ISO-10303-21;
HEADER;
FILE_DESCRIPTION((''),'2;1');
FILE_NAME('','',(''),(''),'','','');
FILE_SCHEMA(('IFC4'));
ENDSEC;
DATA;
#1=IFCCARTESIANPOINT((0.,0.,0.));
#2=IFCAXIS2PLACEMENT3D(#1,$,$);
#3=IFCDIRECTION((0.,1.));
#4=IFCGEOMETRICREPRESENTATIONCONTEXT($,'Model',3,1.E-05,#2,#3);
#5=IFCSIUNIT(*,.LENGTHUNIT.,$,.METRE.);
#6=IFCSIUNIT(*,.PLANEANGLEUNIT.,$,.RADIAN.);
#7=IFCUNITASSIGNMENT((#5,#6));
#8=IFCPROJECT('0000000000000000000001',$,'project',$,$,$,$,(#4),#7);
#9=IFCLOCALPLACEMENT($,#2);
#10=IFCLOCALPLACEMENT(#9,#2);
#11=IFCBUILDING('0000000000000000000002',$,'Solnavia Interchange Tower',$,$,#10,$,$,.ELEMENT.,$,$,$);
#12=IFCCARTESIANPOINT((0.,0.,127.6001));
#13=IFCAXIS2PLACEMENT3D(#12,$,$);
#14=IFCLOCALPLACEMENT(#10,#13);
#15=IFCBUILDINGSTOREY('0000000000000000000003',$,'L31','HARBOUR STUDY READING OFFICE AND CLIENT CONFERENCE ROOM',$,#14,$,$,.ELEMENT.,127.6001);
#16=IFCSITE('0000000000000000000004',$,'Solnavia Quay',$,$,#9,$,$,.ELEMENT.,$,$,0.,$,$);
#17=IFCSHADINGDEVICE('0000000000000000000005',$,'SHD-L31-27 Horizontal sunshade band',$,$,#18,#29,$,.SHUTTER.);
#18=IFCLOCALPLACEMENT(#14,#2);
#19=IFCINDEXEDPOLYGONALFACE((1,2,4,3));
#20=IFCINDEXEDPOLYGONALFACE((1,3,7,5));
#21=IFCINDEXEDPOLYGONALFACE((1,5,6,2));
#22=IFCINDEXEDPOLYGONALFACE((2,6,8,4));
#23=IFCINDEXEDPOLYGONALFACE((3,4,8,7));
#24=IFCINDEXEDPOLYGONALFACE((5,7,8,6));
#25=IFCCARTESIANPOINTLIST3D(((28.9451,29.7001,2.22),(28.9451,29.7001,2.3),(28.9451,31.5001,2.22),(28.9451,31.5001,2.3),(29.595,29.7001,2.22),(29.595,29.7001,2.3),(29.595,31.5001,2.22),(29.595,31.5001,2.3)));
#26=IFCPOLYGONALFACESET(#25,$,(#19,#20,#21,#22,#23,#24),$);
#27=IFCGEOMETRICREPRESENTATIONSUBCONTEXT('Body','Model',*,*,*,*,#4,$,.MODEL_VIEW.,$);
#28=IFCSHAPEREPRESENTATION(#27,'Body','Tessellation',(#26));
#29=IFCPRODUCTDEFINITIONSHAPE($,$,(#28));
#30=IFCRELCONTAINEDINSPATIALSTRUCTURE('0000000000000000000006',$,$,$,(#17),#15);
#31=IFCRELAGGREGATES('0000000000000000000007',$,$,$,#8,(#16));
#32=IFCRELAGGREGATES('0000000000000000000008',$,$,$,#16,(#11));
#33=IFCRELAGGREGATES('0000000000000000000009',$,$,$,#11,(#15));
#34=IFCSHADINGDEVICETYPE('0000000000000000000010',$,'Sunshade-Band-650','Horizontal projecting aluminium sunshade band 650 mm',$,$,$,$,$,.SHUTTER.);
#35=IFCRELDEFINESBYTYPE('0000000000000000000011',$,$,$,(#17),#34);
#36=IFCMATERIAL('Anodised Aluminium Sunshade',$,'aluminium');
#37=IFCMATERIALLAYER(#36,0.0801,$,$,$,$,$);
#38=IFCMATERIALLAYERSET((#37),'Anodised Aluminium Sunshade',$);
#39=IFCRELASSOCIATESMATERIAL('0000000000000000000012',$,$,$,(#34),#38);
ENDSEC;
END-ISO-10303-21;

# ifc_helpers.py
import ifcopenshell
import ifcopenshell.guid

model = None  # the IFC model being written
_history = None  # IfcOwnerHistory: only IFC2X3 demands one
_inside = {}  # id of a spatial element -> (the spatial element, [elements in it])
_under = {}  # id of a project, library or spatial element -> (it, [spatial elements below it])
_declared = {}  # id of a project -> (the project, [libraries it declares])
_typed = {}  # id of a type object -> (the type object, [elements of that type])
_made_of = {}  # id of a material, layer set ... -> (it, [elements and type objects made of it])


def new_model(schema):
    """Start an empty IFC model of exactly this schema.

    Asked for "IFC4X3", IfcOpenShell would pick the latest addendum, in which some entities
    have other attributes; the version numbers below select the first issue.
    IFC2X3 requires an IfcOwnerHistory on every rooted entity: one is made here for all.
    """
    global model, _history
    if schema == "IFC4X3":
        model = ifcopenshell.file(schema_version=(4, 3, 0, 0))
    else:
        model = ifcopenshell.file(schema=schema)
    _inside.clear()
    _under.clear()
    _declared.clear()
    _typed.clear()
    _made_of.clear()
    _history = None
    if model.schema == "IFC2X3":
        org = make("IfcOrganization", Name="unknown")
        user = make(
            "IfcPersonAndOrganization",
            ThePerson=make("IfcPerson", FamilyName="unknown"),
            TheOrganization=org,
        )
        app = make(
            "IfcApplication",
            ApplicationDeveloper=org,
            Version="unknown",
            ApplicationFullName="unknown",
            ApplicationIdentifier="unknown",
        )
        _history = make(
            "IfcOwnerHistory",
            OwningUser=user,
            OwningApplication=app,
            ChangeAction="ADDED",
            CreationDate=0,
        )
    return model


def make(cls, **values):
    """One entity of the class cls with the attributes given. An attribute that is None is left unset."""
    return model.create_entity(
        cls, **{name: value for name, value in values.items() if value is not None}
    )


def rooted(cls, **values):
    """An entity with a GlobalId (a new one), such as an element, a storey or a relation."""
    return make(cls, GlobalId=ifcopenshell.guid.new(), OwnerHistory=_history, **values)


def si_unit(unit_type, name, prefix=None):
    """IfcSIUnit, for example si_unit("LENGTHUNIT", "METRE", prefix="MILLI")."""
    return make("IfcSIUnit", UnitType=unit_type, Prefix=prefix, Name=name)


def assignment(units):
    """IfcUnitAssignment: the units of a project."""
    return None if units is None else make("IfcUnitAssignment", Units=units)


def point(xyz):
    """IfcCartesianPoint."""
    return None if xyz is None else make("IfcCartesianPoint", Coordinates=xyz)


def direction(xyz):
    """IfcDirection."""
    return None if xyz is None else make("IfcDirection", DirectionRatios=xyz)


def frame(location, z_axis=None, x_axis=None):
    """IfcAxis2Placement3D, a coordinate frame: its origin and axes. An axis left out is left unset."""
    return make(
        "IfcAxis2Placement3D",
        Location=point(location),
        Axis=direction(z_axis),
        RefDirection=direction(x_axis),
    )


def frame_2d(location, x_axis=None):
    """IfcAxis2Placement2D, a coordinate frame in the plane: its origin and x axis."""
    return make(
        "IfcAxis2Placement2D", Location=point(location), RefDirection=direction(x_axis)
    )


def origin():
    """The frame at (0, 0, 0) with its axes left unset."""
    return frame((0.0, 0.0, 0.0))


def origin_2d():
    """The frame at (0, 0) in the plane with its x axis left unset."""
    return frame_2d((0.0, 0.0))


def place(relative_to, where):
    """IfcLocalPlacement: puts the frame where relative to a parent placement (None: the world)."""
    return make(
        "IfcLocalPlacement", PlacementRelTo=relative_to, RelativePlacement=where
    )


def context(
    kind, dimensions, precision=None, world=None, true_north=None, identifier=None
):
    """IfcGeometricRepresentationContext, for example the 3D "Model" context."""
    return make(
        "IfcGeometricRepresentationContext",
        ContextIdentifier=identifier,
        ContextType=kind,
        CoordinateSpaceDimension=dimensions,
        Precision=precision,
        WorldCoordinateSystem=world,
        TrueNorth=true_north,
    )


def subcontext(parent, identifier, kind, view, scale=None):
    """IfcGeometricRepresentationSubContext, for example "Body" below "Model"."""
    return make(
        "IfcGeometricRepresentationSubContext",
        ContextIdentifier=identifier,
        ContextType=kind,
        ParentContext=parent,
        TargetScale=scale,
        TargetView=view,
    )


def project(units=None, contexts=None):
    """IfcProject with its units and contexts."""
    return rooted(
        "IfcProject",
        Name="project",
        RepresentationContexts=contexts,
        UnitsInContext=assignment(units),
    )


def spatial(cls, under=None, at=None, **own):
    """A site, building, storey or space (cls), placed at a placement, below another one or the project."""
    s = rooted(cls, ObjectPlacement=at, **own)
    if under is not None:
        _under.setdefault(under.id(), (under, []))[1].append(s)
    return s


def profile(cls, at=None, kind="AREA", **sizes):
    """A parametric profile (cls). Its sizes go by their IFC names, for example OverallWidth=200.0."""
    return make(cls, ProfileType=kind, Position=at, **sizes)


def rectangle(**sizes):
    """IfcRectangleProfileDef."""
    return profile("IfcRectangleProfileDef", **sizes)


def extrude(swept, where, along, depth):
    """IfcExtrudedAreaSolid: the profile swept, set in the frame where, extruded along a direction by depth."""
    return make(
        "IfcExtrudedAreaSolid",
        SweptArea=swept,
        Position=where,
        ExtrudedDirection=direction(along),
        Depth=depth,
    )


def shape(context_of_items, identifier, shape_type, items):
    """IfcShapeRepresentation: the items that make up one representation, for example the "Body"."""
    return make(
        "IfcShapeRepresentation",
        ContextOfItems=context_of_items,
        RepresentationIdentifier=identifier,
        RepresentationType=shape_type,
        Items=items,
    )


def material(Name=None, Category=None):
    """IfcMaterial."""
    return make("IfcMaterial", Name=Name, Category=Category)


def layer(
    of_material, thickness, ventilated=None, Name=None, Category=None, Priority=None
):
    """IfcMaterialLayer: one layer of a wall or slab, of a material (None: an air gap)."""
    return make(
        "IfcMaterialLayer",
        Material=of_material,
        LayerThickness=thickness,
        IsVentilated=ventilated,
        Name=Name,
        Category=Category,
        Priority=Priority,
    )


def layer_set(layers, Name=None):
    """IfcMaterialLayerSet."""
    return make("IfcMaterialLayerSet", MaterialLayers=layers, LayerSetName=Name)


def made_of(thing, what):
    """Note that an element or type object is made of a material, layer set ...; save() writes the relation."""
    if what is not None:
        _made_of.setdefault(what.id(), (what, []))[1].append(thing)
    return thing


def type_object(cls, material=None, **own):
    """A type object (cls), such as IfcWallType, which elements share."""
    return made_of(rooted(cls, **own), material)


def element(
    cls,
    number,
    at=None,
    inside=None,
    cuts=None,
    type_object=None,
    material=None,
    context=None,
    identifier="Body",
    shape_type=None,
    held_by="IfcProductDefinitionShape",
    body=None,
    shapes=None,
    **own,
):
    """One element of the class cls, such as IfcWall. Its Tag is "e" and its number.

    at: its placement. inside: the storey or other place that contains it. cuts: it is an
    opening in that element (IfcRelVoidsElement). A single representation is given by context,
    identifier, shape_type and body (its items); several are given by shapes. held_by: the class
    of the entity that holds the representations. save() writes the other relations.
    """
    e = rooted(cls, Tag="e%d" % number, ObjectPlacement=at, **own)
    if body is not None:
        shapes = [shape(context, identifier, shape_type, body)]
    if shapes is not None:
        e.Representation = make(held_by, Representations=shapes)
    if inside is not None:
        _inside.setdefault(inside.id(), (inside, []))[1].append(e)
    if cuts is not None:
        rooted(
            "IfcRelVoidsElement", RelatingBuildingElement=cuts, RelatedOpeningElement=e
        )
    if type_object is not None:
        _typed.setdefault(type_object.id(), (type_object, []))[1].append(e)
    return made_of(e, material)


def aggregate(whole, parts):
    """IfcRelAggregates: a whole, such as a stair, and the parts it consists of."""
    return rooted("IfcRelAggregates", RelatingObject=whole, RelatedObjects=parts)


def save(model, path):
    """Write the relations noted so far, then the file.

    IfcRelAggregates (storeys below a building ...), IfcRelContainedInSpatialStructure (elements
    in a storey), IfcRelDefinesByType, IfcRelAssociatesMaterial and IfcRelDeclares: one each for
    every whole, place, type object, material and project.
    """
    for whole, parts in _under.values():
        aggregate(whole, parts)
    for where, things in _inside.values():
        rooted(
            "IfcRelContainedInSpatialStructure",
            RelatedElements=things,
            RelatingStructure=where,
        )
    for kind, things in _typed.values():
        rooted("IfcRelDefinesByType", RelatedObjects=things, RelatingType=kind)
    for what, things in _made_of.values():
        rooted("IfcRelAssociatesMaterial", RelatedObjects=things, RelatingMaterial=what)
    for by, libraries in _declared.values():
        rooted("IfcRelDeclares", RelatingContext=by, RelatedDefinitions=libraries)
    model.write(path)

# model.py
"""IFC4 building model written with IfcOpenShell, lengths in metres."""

from ifc_helpers import new_model, si_unit, direction, frame, origin, origin_2d, place, context, subcontext, project, spatial, rectangle, extrude, material, layer, layer_set, type_object, element, save


model = new_model("IFC4")

# Units and contexts
model_context = context("Model", 3, precision=1e-05, world=origin(), true_north=direction((0.0, 1.0)))
body_context = subcontext(model_context, "Body", "Model", "MODEL_VIEW")
ifc_project = project(units=[si_unit("LENGTHUNIT", "METRE"), si_unit("PLANEANGLEUNIT", "RADIAN")], contexts=[model_context])

# Site, building, storey
site_placement = place(None, origin())
site = spatial("IfcSite", under=ifc_project, at=site_placement, Name="Solnavia Quay", CompositionType="ELEMENT", RefElevation=0.0)
building_placement = place(site_placement, origin())
building = spatial("IfcBuilding", under=site, at=building_placement, Name="Solnavia Interchange Tower", CompositionType="ELEMENT")
storey_placement = place(building_placement, frame((0.0, 0.0, 127.6001)))
storey = spatial("IfcBuildingStorey", under=building, at=storey_placement, Name="L31", Description="HARBOUR STUDY READING OFFICE AND CLIENT CONFERENCE ROOM", CompositionType="ELEMENT", Elevation=127.6001)

# Shading device
ifc_material_1 = material(Name="Anodised Aluminium Sunshade", Category="aluminium")
ifc_layer_1 = layer(ifc_material_1, 0.0801)
ifc_layer_set_1 = layer_set([ifc_layer_1], Name="Anodised Aluminium Sunshade")
shading_device_type = type_object("IfcShadingDeviceType", Name="Sunshade-Band-650", Description="Horizontal projecting aluminium sunshade band 650 mm", PredefinedType="SHUTTER", material=ifc_layer_set_1)
for number, where, z_axis, x_axis, name in (
    (1, (29.27, 30.6001, 2.22), (0.0, 0.0, 1.0), (0.0, -1.0, 0.0), "SHD-L31-27 Horizontal sunshade band"),
):
    element("IfcShadingDevice", number, at=place(storey_placement, frame(where, z_axis=z_axis, x_axis=x_axis)), inside=storey, type_object=shading_device_type, Name=name, PredefinedType="SHUTTER", context=body_context, shape_type="SweptSolid", body=[
        extrude(rectangle(XDim=1.8, YDim=0.6499, at=origin_2d()), origin(), (0.0, 0.0, 1.0), 0.0801),
    ])

save(model, "model.ifc")
